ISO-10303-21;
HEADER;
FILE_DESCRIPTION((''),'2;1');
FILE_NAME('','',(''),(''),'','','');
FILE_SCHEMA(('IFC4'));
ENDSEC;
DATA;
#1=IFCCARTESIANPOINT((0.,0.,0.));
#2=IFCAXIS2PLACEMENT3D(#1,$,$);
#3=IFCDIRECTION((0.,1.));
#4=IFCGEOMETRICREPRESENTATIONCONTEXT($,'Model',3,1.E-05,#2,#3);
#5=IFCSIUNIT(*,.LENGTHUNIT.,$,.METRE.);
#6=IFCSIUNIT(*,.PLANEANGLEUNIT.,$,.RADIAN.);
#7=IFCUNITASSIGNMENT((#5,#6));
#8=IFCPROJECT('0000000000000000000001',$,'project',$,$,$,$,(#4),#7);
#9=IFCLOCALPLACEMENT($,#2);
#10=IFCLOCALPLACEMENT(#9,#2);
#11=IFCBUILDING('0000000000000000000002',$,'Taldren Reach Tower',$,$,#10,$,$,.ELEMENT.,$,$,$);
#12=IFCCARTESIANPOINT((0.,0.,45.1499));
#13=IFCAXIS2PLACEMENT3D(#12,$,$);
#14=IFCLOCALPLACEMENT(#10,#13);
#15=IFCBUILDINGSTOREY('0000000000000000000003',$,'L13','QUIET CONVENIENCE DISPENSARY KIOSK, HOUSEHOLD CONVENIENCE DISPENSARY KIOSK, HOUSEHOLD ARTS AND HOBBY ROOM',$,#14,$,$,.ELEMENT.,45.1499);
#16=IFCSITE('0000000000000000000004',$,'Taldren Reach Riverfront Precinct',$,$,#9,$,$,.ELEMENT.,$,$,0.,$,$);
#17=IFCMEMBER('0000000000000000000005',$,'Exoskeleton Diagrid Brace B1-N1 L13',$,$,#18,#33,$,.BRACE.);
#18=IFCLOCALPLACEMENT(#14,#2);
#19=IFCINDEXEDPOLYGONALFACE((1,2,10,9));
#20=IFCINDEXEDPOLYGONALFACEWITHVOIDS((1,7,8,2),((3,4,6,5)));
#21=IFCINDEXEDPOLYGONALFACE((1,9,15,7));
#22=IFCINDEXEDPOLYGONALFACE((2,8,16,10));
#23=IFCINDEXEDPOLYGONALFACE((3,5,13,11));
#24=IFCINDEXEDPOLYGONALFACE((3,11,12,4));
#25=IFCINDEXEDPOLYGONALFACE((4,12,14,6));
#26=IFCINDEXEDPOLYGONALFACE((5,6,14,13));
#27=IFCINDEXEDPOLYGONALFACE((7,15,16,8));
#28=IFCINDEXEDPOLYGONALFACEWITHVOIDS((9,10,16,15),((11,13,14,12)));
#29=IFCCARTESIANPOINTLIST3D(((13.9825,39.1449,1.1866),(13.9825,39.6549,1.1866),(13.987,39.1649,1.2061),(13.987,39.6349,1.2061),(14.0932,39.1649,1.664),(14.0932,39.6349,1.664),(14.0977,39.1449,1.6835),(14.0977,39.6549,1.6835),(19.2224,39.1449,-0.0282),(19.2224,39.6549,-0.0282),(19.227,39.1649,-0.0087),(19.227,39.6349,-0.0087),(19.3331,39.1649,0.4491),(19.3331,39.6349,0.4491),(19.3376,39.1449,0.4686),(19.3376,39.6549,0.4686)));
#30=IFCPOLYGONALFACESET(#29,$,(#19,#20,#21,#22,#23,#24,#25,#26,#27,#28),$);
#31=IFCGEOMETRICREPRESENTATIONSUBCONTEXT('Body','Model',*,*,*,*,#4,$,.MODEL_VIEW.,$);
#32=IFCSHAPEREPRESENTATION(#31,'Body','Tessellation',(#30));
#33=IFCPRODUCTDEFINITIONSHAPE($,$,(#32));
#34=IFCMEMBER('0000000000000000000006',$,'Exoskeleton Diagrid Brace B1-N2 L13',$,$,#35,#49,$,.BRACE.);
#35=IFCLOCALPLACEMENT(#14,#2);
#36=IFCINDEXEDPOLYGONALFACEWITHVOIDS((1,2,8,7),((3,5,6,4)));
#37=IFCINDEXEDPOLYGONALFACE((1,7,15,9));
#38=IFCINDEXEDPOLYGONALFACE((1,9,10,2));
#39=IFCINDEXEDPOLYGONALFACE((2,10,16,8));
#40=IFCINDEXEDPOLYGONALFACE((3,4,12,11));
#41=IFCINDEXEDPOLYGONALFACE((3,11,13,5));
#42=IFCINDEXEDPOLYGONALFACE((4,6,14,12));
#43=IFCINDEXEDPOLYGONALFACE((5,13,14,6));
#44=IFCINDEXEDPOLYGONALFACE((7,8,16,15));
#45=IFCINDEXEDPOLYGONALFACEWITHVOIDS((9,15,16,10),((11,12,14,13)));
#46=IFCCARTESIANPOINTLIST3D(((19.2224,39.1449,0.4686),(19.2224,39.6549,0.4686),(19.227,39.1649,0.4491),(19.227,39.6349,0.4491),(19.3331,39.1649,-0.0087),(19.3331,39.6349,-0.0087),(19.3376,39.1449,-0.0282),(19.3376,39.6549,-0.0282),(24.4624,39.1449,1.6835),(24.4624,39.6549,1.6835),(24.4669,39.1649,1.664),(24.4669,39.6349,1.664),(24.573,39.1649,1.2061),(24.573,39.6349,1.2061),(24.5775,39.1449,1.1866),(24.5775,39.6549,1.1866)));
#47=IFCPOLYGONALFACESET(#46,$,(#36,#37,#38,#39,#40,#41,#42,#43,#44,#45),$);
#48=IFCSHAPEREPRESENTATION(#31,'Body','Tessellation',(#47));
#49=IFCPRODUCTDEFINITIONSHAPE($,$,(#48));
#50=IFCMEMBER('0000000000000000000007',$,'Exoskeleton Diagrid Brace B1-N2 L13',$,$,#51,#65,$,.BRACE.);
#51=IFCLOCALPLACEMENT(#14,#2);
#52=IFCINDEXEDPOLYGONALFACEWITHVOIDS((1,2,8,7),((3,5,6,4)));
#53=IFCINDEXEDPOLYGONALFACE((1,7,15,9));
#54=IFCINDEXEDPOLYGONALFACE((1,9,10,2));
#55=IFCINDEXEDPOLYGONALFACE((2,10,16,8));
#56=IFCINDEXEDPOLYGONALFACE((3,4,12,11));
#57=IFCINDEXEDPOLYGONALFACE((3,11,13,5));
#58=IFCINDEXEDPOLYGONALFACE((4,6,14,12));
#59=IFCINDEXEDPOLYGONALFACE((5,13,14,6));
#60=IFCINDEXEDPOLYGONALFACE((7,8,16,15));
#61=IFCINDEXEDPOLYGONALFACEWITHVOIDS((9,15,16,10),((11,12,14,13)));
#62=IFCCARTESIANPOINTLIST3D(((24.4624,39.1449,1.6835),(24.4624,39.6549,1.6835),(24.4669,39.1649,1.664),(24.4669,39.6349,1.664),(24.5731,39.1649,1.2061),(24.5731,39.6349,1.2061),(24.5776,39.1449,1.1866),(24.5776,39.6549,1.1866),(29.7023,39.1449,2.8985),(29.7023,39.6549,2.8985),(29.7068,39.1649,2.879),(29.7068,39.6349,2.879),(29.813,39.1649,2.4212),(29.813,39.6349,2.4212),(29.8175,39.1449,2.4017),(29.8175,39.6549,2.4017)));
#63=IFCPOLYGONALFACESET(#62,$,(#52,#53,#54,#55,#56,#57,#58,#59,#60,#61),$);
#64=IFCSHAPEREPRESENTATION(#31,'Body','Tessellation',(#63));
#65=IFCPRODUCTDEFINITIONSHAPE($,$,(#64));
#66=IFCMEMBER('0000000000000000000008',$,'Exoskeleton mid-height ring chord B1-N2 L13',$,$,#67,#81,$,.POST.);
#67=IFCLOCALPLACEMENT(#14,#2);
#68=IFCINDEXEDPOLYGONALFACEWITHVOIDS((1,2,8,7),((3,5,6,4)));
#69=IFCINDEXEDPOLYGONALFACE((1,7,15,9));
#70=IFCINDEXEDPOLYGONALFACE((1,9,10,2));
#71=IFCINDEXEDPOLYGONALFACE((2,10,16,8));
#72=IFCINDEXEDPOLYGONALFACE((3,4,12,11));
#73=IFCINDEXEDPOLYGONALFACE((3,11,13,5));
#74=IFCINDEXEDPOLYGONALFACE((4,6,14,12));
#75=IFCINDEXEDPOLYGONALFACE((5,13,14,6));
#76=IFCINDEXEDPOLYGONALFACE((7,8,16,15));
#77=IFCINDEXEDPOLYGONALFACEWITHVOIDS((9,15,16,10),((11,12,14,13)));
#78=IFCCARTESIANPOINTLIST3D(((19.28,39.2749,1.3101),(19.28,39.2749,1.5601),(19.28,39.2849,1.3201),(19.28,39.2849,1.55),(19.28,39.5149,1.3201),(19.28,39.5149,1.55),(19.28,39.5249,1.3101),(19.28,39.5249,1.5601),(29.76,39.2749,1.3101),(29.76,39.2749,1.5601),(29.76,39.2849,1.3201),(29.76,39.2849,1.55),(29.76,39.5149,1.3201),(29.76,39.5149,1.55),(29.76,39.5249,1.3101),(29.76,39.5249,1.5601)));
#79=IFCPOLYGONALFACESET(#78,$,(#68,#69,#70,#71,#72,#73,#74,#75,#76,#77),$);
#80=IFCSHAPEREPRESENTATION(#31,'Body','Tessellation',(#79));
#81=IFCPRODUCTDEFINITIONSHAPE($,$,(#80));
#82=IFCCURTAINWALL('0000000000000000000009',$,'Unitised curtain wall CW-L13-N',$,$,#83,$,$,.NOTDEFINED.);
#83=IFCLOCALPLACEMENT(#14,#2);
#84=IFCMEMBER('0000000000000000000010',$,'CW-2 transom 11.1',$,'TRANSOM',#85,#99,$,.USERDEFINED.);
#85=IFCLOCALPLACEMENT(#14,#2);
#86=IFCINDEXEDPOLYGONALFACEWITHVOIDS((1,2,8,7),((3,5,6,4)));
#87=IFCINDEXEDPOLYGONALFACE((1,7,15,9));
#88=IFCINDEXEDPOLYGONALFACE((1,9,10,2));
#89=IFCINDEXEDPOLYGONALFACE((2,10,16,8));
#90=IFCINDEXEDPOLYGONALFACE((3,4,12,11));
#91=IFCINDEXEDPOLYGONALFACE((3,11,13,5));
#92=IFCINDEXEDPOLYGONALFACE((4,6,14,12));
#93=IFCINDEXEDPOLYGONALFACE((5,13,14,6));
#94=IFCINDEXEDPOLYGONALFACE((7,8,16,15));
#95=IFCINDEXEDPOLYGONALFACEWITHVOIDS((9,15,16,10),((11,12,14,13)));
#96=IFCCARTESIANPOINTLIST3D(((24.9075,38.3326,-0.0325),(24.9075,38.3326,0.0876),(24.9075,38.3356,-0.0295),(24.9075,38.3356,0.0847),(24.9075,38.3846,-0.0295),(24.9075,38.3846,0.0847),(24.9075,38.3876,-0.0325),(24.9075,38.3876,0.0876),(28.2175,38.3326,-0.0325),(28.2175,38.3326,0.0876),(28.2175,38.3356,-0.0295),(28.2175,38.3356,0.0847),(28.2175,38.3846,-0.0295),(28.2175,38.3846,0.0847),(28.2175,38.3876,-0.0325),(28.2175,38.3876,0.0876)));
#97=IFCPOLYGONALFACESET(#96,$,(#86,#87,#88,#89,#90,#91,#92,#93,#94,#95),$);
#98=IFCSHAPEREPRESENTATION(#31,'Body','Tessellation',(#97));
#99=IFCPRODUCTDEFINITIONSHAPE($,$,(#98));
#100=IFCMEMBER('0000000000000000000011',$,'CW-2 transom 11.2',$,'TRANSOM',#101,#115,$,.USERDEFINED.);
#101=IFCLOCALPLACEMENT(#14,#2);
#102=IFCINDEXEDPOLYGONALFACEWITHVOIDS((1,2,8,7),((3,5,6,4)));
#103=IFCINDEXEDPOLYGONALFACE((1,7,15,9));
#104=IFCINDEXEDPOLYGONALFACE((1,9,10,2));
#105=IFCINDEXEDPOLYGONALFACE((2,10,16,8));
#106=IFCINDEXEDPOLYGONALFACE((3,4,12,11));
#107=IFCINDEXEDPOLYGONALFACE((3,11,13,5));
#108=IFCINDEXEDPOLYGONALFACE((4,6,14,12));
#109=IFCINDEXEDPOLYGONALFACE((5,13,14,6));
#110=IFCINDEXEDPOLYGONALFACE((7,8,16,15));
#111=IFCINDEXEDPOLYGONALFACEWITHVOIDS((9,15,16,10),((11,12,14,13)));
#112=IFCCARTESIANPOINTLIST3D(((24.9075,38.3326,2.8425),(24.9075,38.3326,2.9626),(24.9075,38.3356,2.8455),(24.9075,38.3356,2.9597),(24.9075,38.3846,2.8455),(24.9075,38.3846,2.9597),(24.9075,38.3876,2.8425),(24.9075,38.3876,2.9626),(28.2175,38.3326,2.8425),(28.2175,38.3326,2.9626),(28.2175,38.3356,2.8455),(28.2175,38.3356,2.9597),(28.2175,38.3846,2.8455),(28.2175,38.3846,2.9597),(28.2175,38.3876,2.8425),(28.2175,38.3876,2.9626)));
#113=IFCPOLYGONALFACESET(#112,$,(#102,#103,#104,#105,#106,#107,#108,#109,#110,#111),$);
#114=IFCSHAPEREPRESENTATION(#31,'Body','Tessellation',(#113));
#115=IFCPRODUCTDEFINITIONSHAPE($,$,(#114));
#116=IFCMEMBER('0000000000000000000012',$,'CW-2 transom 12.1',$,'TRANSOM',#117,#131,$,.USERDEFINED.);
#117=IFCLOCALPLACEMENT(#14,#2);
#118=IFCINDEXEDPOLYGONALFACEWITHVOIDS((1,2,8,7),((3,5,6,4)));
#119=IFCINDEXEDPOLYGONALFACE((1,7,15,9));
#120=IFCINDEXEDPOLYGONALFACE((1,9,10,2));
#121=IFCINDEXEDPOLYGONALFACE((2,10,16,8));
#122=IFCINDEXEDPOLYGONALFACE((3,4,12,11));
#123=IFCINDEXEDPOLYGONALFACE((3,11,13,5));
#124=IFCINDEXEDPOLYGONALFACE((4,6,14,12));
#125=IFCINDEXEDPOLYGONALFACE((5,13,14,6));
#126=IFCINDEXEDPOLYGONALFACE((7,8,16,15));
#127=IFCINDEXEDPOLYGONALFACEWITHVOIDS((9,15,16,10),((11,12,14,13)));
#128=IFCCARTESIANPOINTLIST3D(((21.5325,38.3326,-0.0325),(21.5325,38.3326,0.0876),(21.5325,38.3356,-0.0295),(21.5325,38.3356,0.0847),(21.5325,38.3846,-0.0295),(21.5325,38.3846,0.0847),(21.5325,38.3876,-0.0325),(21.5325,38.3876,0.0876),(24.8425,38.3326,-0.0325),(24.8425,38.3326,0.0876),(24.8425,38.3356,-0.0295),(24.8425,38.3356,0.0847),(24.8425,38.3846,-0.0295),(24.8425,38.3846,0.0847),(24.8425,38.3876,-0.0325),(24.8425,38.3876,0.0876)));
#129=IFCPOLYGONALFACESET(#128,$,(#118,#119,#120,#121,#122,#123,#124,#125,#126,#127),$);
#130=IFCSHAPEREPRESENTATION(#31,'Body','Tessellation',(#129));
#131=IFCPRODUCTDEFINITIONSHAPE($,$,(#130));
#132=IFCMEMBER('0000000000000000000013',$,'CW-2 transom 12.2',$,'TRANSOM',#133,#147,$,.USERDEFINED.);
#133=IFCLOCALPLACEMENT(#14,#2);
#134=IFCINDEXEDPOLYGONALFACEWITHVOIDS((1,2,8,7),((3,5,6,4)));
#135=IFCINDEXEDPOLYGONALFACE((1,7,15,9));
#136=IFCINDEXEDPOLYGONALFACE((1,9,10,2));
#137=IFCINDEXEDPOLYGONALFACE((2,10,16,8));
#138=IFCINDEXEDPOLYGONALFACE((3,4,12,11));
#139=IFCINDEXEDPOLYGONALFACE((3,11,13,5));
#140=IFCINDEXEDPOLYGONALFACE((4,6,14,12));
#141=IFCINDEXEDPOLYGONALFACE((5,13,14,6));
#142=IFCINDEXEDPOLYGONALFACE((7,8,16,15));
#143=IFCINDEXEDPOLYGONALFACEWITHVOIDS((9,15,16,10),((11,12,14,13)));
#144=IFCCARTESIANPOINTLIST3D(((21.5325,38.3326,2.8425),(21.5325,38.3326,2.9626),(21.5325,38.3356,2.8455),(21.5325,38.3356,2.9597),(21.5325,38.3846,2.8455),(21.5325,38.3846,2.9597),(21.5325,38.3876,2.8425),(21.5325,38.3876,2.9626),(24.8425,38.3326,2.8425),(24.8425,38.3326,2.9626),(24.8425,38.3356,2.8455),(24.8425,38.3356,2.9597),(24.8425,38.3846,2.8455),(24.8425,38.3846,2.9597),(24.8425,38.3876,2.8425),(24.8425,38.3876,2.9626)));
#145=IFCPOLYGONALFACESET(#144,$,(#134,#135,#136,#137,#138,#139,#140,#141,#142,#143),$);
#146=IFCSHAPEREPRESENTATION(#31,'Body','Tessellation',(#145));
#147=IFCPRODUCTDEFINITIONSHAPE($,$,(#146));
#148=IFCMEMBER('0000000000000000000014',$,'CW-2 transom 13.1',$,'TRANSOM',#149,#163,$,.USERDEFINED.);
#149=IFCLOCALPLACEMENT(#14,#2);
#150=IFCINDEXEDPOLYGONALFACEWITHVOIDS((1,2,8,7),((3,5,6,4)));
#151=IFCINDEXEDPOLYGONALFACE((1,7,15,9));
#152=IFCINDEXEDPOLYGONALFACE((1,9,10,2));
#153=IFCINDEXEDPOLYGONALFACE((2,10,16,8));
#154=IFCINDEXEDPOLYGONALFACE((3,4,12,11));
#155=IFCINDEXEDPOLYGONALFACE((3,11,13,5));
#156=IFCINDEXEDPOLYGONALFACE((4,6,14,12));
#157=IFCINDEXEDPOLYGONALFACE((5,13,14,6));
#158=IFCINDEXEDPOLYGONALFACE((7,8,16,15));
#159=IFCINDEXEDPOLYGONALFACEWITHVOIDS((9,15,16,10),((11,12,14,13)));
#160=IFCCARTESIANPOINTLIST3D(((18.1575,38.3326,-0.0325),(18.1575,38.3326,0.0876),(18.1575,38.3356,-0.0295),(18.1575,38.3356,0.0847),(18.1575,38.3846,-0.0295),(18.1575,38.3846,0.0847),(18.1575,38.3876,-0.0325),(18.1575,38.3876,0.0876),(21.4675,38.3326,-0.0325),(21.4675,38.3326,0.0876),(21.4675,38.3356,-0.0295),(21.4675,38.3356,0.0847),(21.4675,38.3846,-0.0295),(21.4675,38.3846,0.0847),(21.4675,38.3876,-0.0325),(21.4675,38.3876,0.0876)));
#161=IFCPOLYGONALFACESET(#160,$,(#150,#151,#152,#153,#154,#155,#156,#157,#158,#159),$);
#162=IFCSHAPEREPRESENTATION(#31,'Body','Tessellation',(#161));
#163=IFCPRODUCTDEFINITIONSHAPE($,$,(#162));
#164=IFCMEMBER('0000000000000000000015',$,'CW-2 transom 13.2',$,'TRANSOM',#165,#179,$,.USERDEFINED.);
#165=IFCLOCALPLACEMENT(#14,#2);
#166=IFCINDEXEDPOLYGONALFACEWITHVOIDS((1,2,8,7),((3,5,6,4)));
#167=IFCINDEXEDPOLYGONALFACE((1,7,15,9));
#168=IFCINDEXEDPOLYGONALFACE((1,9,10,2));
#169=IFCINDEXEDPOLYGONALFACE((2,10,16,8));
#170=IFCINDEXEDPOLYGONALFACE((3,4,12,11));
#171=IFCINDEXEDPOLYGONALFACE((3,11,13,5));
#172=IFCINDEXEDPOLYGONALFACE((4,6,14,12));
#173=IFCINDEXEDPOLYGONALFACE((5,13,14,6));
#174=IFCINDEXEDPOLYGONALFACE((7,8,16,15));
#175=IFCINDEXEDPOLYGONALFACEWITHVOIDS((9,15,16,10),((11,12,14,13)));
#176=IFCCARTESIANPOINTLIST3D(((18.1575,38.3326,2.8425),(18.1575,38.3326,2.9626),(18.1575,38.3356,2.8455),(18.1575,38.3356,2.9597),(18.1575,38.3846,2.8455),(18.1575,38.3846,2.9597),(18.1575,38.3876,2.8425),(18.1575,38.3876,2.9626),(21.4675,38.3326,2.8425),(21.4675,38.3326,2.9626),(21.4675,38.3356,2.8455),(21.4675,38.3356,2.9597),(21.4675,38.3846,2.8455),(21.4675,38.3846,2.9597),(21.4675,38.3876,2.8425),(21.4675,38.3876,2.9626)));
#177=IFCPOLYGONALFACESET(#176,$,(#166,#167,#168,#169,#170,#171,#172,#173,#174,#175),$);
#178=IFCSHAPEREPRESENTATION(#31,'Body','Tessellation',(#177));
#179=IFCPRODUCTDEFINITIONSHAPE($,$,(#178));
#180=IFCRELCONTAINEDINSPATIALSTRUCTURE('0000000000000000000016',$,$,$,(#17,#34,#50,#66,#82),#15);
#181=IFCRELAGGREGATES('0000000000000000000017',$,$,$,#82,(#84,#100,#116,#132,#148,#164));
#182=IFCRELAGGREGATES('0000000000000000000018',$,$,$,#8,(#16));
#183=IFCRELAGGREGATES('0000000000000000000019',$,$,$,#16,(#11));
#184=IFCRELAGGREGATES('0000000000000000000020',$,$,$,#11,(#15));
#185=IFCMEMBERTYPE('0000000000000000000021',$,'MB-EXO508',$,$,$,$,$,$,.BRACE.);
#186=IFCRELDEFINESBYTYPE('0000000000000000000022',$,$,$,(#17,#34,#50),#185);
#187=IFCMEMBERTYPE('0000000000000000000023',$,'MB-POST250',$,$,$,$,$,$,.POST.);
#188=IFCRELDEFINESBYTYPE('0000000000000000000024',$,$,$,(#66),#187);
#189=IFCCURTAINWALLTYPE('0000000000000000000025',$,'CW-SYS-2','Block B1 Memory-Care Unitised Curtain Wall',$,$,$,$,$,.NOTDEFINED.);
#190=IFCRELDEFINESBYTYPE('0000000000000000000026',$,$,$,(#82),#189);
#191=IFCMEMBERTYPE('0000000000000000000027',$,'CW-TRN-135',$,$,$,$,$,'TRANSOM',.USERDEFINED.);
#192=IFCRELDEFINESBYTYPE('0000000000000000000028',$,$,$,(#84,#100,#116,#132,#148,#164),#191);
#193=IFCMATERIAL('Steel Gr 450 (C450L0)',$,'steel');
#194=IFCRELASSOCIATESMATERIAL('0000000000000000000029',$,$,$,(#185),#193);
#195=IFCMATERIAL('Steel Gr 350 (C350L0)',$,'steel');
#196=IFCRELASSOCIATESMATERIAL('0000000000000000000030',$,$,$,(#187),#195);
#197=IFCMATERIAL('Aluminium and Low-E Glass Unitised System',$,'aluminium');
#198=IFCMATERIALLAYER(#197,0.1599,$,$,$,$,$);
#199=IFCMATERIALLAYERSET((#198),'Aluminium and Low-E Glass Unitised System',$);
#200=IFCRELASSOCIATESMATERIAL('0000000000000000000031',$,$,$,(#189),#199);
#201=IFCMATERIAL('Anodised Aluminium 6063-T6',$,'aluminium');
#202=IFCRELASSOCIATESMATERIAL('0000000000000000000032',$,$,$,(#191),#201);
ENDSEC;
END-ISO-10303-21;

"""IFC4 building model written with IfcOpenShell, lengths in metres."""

from ifc_helpers import new_model, si_unit, direction, frame, origin, origin_2d, place, context, subcontext, project, spatial, hollow_rectangle, extrude, source, transform, mapped, material, layer, layer_set, material_profile, profile_set, type_object, element, aggregate, save


model = new_model("IFC4")

# Units and contexts
model_context = context("Model", 3, precision=1e-05, world=origin(), true_north=direction((0.0, 1.0)))
body_context = subcontext(model_context, "Body", "Model", "MODEL_VIEW")
ifc_project = project(units=[si_unit("LENGTHUNIT", "METRE"), si_unit("PLANEANGLEUNIT", "RADIAN")], contexts=[model_context])

# Site, building, storey
site_placement = place(None, origin())
site = spatial("IfcSite", under=ifc_project, at=site_placement, Name="Taldren Reach Riverfront Precinct", CompositionType="ELEMENT", RefElevation=0.0)
building_placement = place(site_placement, origin())
building = spatial("IfcBuilding", under=site, at=building_placement, Name="Taldren Reach Tower", CompositionType="ELEMENT")
storey_placement = place(building_placement, frame((0.0, 0.0, 45.1499)))
storey = spatial("IfcBuildingStorey", under=building, at=storey_placement, Name="L13", Description="QUIET CONVENIENCE DISPENSARY KIOSK, HOUSEHOLD CONVENIENCE DISPENSARY KIOSK, HOUSEHOLD ARTS AND HOBBY ROOM", CompositionType="ELEMENT", Elevation=45.1499)

# Members
ifc_material_1 = material(Name="Steel Gr 450 (C450L0)", Category="steel")
ifc_material_profile_1 = material_profile(ifc_material_1, hollow_rectangle(XDim=0.51, YDim=0.51, WallThickness=0.02, at=origin_2d()), Name="510x510x20.0SHS")
ifc_profile_set_1 = profile_set([ifc_material_profile_1], Name="Steel Gr 450 (C450L0)")
member_type_1 = type_object("IfcMemberType", Name="MB-EXO508", PredefinedType="BRACE", material=ifc_profile_set_1)
shared_shape_1 = source(origin(), body_context, "Body", "SweptSolid", [
    extrude(hollow_rectangle(XDim=0.51, YDim=0.51, WallThickness=0.02, at=origin_2d()), origin(), (0.0, 0.0, 1.0), 5.3789),
])
for number, where, z_axis, x_axis, name in (
    (1, (19.28, 39.3999, 0.2202), (-0.974162, 0.0, 0.225851), (0.0, -1.0, 0.0), "Exoskeleton Diagrid Brace B1-N1 L13"),
    (2, (19.28, 39.3999, 0.2202), (0.974162, 0.0, 0.225851), (0.0, 1.0, 0.0), "Exoskeleton Diagrid Brace B1-N2 L13"),
    (3, (24.52, 39.3999, 1.4351), (0.974152, 0.0, 0.225894), (0.0, 1.0, 0.0), "Exoskeleton Diagrid Brace B1-N2 L13"),
):
    element("IfcMember", number, at=place(storey_placement, frame(where, z_axis=z_axis, x_axis=x_axis)), inside=storey, type_object=member_type_1, Name=name, PredefinedType="BRACE", context=body_context, shape_type="MappedRepresentation", body=[
        mapped(shared_shape_1, transform((0.0, 0.0, 0.0), scale=1.0)),
    ])
ifc_material_2 = material(Name="Steel Gr 350 (C350L0)", Category="steel")
ifc_material_profile_2 = material_profile(ifc_material_2, hollow_rectangle(XDim=0.25, YDim=0.25, WallThickness=0.01, at=origin_2d()), Name="250x250x10.0SHS")
ifc_profile_set_2 = profile_set([ifc_material_profile_2], Name="Steel Gr 350 (C350L0)")
member_type_2 = type_object("IfcMemberType", Name="MB-POST250", PredefinedType="POST", material=ifc_profile_set_2)
shared_shape_2 = source(origin(), body_context, "Body", "SweptSolid", [
    extrude(hollow_rectangle(XDim=0.25, YDim=0.25, WallThickness=0.01, at=origin_2d()), origin(), (0.0, 0.0, 1.0), 10.48),
])
member_1_placement = place(storey_placement, frame((19.28, 39.3999, 1.4351), z_axis=(1.0, 0.0, 0.0), x_axis=(0.0, 1.0, 0.0)))
element("IfcMember", 4, at=member_1_placement, inside=storey, type_object=member_type_2, Name="Exoskeleton mid-height ring chord B1-N2 L13", PredefinedType="POST", context=body_context, shape_type="MappedRepresentation", body=[
    mapped(shared_shape_2, transform((0.0, 0.0, 0.0), scale=1.0)),
])

# Curtain wall, members
ifc_material_3 = material(Name="Aluminium and Low-E Glass Unitised System", Category="aluminium")
ifc_layer_1 = layer(ifc_material_3, 0.1599)
ifc_layer_set_1 = layer_set([ifc_layer_1], Name="Aluminium and Low-E Glass Unitised System")
curtain_wall_type = type_object("IfcCurtainWallType", Name="CW-SYS-2", Description="Block B1 Memory-Care Unitised Curtain Wall", PredefinedType="NOTDEFINED", material=ifc_layer_set_1)
curtain_wall_placement = place(storey_placement, origin())
curtain_wall = element("IfcCurtainWall", 5, at=curtain_wall_placement, inside=storey, type_object=curtain_wall_type, Name="Unitised curtain wall CW-L13-N", PredefinedType="NOTDEFINED")
ifc_material_4 = material(Name="Anodised Aluminium 6063-T6", Category="aluminium")
ifc_material_profile_3 = material_profile(ifc_material_4, hollow_rectangle(XDim=0.0549, YDim=0.1201, WallThickness=0.0029, at=origin_2d()), Name="ALU-120x55x3RHS")
ifc_profile_set_3 = profile_set([ifc_material_profile_3], Name="Anodised Aluminium 6063-T6")
member_type_3 = type_object("IfcMemberType", Name="CW-TRN-135", ElementType="TRANSOM", PredefinedType="USERDEFINED", material=ifc_profile_set_3)
shared_shape_3 = source(origin(), body_context, "Body", "SweptSolid", [
    extrude(hollow_rectangle(XDim=0.0549, YDim=0.1201, WallThickness=0.0029, at=origin_2d()), origin(), (0.0, 0.0, 1.0), 3.3101),
])
member_2_placement = place(storey_placement, frame((28.2175, 38.3601, 0.0276), z_axis=(-1.0, 0.0, 0.0), x_axis=(0.0, -1.0, 0.0)))
member_2 = element("IfcMember", 6, at=member_2_placement, type_object=member_type_3, Name="CW-2 transom 11.1", ObjectType="TRANSOM", PredefinedType="USERDEFINED", context=body_context, shape_type="MappedRepresentation", body=[
    mapped(shared_shape_3, transform((0.0, 0.0, 0.0), scale=1.0)),
])
member_3_placement = place(storey_placement, frame((28.2175, 38.3601, 2.9026), z_axis=(-1.0, 0.0, 0.0), x_axis=(0.0, -1.0, 0.0)))
member_3 = element("IfcMember", 7, at=member_3_placement, type_object=member_type_3, Name="CW-2 transom 11.2", ObjectType="TRANSOM", PredefinedType="USERDEFINED", context=body_context, shape_type="MappedRepresentation", body=[
    mapped(shared_shape_3, transform((0.0, 0.0, 0.0), scale=1.0)),
])
member_4_placement = place(storey_placement, frame((24.8425, 38.3601, 0.0276), z_axis=(-1.0, 0.0, 0.0), x_axis=(0.0, -1.0, 0.0)))
member_4 = element("IfcMember", 8, at=member_4_placement, type_object=member_type_3, Name="CW-2 transom 12.1", ObjectType="TRANSOM", PredefinedType="USERDEFINED", context=body_context, shape_type="MappedRepresentation", body=[
    mapped(shared_shape_3, transform((0.0, 0.0, 0.0), scale=1.0)),
])
member_5_placement = place(storey_placement, frame((24.8425, 38.3601, 2.9026), z_axis=(-1.0, 0.0, 0.0), x_axis=(0.0, -1.0, 0.0)))
member_5 = element("IfcMember", 9, at=member_5_placement, type_object=member_type_3, Name="CW-2 transom 12.2", ObjectType="TRANSOM", PredefinedType="USERDEFINED", context=body_context, shape_type="MappedRepresentation", body=[
    mapped(shared_shape_3, transform((0.0, 0.0, 0.0), scale=1.0)),
])
member_6_placement = place(storey_placement, frame((21.4675, 38.3601, 0.0276), z_axis=(-1.0, 0.0, 0.0), x_axis=(0.0, -1.0, 0.0)))
member_6 = element("IfcMember", 10, at=member_6_placement, type_object=member_type_3, Name="CW-2 transom 13.1", ObjectType="TRANSOM", PredefinedType="USERDEFINED", context=body_context, shape_type="MappedRepresentation", body=[
    mapped(shared_shape_3, transform((0.0, 0.0, 0.0), scale=1.0)),
])
member_7_placement = place(storey_placement, frame((21.4675, 38.3601, 2.9026), z_axis=(-1.0, 0.0, 0.0), x_axis=(0.0, -1.0, 0.0)))
member_7 = element("IfcMember", 11, at=member_7_placement, type_object=member_type_3, Name="CW-2 transom 13.2", ObjectType="TRANSOM", PredefinedType="USERDEFINED", context=body_context, shape_type="MappedRepresentation", body=[
    mapped(shared_shape_3, transform((0.0, 0.0, 0.0), scale=1.0)),
])

aggregate(curtain_wall, [member_2, member_3, member_4, member_5, member_6, member_7])

save(model, "model.ifc")
